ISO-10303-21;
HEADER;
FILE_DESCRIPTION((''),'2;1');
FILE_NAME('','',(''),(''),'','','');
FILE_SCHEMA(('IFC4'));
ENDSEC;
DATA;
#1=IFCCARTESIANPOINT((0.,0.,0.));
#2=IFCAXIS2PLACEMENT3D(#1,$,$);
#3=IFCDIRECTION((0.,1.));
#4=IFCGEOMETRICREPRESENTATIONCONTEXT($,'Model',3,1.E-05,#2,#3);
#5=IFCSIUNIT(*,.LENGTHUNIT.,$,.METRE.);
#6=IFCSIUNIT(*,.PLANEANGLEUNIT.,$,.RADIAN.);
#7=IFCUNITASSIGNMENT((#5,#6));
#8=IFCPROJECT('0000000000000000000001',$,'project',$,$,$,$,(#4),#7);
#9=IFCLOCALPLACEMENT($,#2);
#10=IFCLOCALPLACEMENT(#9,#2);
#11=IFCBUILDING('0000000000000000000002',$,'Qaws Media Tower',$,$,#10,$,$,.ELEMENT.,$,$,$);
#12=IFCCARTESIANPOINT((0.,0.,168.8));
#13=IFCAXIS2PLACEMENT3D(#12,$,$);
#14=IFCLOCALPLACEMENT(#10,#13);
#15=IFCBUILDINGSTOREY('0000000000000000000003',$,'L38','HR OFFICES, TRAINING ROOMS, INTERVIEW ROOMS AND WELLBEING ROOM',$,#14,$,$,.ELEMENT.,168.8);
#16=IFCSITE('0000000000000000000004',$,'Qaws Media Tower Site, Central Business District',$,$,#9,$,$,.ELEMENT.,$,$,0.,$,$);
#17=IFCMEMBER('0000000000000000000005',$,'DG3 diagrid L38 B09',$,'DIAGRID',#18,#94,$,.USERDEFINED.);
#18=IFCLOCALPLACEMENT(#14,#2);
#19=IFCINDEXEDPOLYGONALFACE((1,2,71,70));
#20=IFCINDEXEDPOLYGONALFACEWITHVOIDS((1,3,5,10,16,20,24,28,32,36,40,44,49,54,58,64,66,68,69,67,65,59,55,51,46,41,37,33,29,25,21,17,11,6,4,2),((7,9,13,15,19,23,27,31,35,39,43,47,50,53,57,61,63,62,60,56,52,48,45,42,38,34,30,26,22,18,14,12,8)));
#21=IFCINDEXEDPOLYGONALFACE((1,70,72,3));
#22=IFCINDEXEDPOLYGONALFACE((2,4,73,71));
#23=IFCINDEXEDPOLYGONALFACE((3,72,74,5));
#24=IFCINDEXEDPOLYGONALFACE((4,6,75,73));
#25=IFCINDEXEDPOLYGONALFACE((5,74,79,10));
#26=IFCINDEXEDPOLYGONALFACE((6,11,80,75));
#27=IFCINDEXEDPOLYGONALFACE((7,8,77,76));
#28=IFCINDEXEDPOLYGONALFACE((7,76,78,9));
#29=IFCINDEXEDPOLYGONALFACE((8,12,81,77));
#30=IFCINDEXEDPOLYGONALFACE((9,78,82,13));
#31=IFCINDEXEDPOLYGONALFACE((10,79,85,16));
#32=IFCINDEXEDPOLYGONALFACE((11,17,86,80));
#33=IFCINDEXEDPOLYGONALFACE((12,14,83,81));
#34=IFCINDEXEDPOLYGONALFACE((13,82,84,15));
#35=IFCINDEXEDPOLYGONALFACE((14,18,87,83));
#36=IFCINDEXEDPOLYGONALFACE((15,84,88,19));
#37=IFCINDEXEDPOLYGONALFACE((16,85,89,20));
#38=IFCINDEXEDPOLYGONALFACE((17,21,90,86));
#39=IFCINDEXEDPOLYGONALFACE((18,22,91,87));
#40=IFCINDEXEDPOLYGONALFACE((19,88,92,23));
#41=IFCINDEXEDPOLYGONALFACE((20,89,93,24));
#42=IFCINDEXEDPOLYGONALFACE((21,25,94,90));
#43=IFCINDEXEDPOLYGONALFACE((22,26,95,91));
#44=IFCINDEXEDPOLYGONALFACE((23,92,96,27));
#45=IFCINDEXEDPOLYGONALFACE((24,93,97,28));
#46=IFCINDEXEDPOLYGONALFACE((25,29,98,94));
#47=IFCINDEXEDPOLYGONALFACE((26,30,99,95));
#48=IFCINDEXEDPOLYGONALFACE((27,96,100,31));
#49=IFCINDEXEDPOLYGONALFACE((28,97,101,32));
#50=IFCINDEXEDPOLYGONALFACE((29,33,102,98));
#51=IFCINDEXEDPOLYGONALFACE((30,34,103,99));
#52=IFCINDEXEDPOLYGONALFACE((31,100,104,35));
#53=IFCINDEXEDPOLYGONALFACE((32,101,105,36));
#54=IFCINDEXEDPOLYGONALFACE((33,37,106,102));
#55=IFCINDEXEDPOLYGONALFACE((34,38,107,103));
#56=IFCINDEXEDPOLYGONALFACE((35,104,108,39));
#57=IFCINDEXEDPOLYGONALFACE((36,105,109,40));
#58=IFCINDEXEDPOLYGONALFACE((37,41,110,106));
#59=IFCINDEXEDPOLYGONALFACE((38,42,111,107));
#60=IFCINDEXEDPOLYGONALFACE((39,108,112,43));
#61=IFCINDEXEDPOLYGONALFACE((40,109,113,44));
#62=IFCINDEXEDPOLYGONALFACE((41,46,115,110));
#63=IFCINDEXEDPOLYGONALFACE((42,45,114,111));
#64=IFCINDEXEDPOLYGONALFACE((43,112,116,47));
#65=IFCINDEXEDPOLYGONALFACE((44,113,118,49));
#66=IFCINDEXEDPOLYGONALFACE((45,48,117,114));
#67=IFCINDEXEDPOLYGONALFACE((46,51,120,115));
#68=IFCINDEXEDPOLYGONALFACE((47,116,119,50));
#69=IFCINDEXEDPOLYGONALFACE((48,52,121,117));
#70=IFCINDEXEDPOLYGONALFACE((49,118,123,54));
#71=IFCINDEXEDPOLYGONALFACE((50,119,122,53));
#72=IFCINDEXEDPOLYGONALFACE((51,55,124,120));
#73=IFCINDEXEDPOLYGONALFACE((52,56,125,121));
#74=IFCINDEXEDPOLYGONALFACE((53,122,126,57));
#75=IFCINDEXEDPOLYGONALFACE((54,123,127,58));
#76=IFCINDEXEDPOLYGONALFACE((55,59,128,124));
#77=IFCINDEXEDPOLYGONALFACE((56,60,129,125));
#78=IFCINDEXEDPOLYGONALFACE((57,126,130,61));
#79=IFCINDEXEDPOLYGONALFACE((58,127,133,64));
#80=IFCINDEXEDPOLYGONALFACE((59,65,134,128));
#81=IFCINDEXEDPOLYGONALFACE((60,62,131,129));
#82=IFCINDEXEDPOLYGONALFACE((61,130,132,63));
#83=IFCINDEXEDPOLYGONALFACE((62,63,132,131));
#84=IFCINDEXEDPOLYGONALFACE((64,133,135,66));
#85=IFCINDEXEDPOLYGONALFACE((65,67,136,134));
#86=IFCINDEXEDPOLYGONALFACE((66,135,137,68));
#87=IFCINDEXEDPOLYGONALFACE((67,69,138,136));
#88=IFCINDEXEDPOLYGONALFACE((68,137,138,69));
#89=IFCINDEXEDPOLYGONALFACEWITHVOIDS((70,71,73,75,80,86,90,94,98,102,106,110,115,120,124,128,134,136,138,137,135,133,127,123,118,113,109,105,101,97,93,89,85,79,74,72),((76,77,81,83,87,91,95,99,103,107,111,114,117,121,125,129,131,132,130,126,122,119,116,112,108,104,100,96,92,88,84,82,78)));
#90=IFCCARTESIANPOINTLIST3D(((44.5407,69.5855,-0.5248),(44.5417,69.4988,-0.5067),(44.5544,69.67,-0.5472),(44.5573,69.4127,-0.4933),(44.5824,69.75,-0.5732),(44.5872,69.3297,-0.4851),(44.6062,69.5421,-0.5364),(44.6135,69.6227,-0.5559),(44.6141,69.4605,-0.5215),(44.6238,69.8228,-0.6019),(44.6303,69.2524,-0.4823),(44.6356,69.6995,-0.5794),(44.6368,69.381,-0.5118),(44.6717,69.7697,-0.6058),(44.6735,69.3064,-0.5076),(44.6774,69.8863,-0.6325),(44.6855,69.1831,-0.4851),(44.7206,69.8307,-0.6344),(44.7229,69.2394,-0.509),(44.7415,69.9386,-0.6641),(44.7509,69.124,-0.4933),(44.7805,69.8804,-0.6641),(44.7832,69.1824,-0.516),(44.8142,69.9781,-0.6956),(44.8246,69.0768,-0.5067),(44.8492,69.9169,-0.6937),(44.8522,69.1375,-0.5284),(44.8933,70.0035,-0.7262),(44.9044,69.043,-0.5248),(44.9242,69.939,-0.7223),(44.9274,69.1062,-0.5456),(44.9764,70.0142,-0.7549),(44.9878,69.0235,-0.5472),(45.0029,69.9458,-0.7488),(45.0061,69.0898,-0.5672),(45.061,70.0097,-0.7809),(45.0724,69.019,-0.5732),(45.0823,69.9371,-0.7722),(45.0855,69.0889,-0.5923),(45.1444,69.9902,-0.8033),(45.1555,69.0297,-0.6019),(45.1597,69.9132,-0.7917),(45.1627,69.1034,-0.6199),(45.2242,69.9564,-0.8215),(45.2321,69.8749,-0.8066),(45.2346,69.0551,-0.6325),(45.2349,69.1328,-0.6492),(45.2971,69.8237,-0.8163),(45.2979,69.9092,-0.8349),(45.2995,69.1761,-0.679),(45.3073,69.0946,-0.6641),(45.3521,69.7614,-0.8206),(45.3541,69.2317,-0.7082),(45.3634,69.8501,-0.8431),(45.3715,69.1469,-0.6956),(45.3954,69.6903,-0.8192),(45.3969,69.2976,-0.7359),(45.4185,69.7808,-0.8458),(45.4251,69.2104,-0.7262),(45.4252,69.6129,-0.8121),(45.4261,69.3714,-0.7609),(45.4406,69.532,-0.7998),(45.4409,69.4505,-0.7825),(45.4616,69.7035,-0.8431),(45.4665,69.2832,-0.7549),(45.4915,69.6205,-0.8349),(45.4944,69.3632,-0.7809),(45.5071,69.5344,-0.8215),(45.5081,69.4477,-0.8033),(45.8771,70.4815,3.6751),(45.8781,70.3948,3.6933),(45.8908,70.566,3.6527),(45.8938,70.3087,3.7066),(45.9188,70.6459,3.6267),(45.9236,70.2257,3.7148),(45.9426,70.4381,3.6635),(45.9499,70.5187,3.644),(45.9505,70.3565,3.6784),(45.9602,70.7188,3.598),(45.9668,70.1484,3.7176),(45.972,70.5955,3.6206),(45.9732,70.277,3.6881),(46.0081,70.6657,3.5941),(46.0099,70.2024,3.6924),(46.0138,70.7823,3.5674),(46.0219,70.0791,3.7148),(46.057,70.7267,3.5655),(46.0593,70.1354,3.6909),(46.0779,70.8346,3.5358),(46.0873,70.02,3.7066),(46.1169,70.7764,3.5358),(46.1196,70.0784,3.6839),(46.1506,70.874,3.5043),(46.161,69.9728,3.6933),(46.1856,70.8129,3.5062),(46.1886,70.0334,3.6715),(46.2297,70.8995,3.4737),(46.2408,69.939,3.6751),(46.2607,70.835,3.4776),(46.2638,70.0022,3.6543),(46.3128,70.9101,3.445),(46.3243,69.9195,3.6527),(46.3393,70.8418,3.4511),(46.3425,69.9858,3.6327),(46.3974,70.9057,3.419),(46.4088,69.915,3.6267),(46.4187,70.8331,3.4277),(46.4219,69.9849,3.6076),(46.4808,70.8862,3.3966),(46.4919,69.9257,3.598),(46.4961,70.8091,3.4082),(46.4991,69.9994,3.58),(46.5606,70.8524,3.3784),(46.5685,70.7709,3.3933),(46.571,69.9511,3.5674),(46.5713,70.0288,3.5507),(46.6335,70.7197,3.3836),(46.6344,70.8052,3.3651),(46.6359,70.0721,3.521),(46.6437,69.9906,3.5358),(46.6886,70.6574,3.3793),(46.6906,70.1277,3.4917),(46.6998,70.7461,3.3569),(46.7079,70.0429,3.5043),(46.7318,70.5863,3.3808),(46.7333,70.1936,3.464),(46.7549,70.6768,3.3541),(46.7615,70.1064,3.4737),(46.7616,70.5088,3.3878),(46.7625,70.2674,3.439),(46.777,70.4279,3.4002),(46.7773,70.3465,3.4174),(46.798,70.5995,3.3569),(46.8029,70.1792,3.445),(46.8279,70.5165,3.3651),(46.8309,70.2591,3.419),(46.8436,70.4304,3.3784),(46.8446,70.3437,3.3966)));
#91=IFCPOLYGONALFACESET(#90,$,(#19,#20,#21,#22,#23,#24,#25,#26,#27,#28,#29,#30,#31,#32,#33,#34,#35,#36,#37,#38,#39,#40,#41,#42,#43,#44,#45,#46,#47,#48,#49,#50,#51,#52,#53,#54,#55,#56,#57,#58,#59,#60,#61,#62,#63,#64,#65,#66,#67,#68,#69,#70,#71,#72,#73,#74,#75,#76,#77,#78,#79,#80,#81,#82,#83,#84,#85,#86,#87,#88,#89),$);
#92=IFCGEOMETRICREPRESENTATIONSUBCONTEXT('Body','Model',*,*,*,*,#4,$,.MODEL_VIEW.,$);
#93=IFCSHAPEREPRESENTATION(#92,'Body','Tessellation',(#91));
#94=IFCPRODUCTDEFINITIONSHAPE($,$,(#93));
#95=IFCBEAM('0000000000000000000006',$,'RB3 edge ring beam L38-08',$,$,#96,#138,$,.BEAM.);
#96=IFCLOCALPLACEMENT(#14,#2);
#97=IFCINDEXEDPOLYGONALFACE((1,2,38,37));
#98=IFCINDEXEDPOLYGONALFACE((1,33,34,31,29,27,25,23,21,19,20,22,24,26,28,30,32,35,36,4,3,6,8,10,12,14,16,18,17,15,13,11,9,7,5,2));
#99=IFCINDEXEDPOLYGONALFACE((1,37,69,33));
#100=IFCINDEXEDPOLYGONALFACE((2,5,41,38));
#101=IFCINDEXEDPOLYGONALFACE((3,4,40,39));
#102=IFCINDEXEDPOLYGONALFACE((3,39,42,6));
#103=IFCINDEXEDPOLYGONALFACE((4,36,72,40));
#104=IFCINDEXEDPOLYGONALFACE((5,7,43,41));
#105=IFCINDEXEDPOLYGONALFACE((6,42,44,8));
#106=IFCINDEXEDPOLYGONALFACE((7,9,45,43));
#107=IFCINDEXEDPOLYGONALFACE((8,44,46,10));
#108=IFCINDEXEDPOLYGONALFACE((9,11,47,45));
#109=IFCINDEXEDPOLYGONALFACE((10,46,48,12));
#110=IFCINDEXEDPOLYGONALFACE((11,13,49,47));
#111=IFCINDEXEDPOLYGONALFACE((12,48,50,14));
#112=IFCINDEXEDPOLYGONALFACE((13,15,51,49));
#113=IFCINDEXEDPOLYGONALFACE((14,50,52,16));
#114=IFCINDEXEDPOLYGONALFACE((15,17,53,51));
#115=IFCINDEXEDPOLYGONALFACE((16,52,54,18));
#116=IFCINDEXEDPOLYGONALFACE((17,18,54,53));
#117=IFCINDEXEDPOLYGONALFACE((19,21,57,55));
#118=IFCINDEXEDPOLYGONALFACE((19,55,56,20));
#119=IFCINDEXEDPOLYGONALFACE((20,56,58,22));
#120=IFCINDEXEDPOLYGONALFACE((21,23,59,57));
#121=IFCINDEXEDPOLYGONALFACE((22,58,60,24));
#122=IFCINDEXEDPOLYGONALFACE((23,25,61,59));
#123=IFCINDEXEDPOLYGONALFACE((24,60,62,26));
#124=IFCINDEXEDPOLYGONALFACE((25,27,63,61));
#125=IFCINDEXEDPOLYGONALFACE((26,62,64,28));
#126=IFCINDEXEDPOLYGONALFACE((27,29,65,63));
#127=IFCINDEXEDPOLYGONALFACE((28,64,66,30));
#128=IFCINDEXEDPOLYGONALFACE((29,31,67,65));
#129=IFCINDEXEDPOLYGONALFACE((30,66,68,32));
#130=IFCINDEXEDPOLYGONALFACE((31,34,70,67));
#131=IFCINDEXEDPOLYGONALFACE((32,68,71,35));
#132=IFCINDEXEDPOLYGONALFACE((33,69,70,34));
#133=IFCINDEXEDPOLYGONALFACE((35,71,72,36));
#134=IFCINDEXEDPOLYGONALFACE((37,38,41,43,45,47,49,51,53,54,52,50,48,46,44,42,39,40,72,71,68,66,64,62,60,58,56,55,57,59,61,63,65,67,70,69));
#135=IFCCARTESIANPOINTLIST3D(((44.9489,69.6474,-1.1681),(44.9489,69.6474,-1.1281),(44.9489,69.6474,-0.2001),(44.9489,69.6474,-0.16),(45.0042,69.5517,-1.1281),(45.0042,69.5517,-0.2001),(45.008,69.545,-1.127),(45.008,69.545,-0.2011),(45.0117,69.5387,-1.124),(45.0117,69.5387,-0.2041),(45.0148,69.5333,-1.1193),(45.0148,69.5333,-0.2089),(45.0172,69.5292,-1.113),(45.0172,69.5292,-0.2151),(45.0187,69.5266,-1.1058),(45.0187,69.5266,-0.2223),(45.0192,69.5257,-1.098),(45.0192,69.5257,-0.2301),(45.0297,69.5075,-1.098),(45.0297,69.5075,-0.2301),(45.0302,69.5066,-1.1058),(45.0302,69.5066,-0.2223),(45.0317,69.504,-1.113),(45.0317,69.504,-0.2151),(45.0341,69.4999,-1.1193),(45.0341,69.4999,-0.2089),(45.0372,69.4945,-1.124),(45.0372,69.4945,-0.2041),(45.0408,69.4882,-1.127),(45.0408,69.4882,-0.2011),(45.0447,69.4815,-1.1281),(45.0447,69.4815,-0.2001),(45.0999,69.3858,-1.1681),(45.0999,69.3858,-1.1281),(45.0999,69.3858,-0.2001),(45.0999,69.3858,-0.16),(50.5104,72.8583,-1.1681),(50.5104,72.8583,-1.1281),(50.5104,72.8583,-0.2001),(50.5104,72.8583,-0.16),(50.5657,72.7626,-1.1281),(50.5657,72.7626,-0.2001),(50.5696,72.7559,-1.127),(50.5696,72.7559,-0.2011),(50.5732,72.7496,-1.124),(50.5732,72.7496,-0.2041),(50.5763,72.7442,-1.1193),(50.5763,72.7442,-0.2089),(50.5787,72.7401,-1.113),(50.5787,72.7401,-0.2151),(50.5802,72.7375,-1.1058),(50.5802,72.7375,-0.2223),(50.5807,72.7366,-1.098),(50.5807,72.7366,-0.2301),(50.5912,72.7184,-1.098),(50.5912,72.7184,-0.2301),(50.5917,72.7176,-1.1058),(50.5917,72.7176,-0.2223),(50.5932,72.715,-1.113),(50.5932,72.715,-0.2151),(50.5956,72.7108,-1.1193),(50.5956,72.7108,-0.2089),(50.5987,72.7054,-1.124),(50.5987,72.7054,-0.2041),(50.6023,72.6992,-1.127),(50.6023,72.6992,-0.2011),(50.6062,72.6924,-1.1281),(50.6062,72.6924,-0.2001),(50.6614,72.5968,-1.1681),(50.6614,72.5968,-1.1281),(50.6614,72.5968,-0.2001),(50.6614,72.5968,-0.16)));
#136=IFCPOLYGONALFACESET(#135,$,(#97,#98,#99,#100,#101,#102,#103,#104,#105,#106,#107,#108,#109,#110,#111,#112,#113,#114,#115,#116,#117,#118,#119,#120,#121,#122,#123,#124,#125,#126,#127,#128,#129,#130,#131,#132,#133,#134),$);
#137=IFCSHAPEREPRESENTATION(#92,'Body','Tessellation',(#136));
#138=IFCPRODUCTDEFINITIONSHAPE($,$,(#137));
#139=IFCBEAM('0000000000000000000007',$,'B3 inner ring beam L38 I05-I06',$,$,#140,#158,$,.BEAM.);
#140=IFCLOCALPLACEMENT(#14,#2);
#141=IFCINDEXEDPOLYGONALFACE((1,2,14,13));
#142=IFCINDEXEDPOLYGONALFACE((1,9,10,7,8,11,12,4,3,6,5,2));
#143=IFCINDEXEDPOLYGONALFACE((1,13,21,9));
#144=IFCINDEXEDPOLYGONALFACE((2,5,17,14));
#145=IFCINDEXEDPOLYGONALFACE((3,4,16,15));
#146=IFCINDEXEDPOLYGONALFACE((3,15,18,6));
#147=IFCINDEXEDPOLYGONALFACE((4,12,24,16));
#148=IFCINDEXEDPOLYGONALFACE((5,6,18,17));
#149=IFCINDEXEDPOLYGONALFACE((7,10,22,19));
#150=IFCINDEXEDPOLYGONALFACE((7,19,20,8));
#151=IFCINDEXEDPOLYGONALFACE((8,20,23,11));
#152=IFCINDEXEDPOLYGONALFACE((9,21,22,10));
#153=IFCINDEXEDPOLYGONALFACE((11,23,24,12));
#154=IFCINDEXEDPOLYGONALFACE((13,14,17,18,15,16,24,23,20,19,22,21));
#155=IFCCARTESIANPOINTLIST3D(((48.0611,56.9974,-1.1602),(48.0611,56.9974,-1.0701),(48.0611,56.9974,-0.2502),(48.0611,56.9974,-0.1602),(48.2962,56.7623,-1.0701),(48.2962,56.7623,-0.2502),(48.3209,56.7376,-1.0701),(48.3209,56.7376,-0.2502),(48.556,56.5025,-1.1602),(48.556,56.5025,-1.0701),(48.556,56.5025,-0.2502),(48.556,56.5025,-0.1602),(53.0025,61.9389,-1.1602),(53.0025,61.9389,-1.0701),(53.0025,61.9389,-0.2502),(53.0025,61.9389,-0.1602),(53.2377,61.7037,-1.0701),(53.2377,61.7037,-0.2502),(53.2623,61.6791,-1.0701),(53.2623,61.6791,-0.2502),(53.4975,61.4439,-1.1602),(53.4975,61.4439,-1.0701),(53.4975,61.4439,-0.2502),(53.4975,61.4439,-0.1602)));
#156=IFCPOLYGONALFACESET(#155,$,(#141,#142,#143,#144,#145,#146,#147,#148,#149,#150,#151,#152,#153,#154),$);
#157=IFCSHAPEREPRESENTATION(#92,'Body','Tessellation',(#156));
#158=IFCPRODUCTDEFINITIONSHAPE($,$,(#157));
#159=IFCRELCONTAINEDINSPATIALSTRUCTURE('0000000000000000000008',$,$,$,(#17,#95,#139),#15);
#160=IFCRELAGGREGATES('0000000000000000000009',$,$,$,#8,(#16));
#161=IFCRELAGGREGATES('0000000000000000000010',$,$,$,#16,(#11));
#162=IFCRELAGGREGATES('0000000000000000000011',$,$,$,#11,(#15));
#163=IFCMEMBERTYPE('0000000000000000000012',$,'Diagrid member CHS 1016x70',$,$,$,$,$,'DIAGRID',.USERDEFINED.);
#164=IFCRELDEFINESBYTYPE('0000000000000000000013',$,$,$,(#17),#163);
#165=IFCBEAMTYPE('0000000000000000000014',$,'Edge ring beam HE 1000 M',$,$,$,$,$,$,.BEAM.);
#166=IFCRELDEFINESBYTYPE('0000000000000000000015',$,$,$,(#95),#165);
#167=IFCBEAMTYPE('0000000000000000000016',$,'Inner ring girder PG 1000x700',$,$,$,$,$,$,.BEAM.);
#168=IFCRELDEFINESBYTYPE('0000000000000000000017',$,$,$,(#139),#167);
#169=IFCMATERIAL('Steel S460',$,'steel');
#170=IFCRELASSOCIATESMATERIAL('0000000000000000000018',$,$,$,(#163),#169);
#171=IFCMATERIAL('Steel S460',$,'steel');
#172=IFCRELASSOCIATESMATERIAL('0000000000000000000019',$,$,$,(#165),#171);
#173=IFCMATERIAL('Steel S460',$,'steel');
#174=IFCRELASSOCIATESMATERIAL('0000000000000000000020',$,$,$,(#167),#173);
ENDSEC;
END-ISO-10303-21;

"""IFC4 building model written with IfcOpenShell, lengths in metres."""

from ifc_helpers import new_model, si_unit, direction, frame, origin, origin_2d, place, context, subcontext, project, spatial, hollow_circle, i_section, extrude, material, material_profile, profile_set, type_object, element, save


model = new_model("IFC4")

# Units and contexts
model_context = context("Model", 3, precision=1e-05, world=origin(), true_north=direction((0.0, 1.0)))
body_context = subcontext(model_context, "Body", "Model", "MODEL_VIEW")
ifc_project = project(units=[si_unit("LENGTHUNIT", "METRE"), si_unit("PLANEANGLEUNIT", "RADIAN")], contexts=[model_context])

# Site, building, storey
site_placement = place(None, origin())
site = spatial("IfcSite", under=ifc_project, at=site_placement, Name="Qaws Media Tower Site, Central Business District", CompositionType="ELEMENT", RefElevation=0.0)
building_placement = place(site_placement, origin())
building = spatial("IfcBuilding", under=site, at=building_placement, Name="Qaws Media Tower", CompositionType="ELEMENT")
storey_placement = place(building_placement, frame((0.0, 0.0, 168.8)))
storey = spatial("IfcBuildingStorey", under=building, at=storey_placement, Name="L38", Description="HR OFFICES, TRAINING ROOMS, INTERVIEW ROOMS AND WELLBEING ROOM", CompositionType="ELEMENT", Elevation=168.8)

# Member
ifc_material_1 = material(Name="Steel S460", Category="steel")
ifc_material_profile_1 = material_profile(ifc_material_1, hollow_circle(Radius=0.5081, WallThickness=0.0701, at=origin_2d()), Name="CHS 1016x70")
ifc_profile_set_1 = profile_set([ifc_material_profile_1], Name="Steel S460")
member_type_1 = type_object("IfcMemberType", Name="Diagrid member CHS 1016x70", ElementType="DIAGRID", PredefinedType="USERDEFINED", material=ifc_profile_set_1)
for number, where, z_axis, x_axis, name in (
    (1, (45.0244, 69.5166, -0.6641), (0.297142, 0.199216, 0.93382), (-0.556869, 0.8306, 0.0), "DG3 diagrid L38 B09"),
):
    element("IfcMember", number, at=place(storey_placement, frame(where, z_axis=z_axis, x_axis=x_axis)), inside=storey, type_object=member_type_1, Name=name, ObjectType="DIAGRID", PredefinedType="USERDEFINED", context=body_context, shape_type="SweptSolid", body=[
        extrude(hollow_circle(Radius=0.5081, WallThickness=0.0701, at=origin_2d()), origin(), (0.0, 0.0, 1.0), 4.4976),
    ])

# Beams
ifc_material_2 = material(Name="Steel S460", Category="steel")
ifc_material_profile_2 = material_profile(ifc_material_2, i_section(OverallWidth=0.302, OverallDepth=1.0081, WebThickness=0.021, FlangeThickness=0.04, FilletRadius=0.03, at=origin_2d()), Name="HE 1000 M")
ifc_profile_set_2 = profile_set([ifc_material_profile_2], Name="Steel S460")
beam_type_1 = type_object("IfcBeamType", Name="Edge ring beam HE 1000 M", PredefinedType="BEAM", material=ifc_profile_set_2)
beam_1_placement = place(storey_placement, frame((50.5859, 72.7275, -0.6641), z_axis=(-0.866026, -0.499999, 0.0), x_axis=(0.499999, -0.866026, 0.0)))
element("IfcBeam", 2, at=beam_1_placement, inside=storey, type_object=beam_type_1, Name="RB3 edge ring beam L38-08", PredefinedType="BEAM", context=body_context, shape_type="SweptSolid", body=[
    extrude(i_section(OverallWidth=0.302, OverallDepth=1.0081, WebThickness=0.021, FlangeThickness=0.04, FilletRadius=0.03, at=origin_2d()), origin(), (0.0, 0.0, 1.0), 6.4219),
])
ifc_material_3 = material(Name="Steel S460", Category="steel")
ifc_material_profile_3 = material_profile(ifc_material_3, i_section(OverallWidth=0.7, OverallDepth=1.0, WebThickness=0.0349, FlangeThickness=0.0901, at=origin_2d()), Name="PG 1000x700")
ifc_profile_set_3 = profile_set([ifc_material_profile_3], Name="Steel S460")
beam_type_2 = type_object("IfcBeamType", Name="Inner ring girder PG 1000x700", PredefinedType="BEAM", material=ifc_profile_set_3)
beam_2_placement = place(storey_placement, frame((53.25, 61.6914, -0.6602), z_axis=(-0.707107, -0.707107, 0.0), x_axis=(0.707107, -0.707107, 0.0)))
element("IfcBeam", 3, at=beam_2_placement, inside=storey, type_object=beam_type_2, Name="B3 inner ring beam L38 I05-I06", PredefinedType="BEAM", context=body_context, shape_type="SweptSolid", body=[
    extrude(i_section(OverallWidth=0.7, OverallDepth=1.0, WebThickness=0.0349, FlangeThickness=0.0901, at=origin_2d()), origin(), (0.0, 0.0, 1.0), 6.9883),
])

save(model, "model.ifc")
